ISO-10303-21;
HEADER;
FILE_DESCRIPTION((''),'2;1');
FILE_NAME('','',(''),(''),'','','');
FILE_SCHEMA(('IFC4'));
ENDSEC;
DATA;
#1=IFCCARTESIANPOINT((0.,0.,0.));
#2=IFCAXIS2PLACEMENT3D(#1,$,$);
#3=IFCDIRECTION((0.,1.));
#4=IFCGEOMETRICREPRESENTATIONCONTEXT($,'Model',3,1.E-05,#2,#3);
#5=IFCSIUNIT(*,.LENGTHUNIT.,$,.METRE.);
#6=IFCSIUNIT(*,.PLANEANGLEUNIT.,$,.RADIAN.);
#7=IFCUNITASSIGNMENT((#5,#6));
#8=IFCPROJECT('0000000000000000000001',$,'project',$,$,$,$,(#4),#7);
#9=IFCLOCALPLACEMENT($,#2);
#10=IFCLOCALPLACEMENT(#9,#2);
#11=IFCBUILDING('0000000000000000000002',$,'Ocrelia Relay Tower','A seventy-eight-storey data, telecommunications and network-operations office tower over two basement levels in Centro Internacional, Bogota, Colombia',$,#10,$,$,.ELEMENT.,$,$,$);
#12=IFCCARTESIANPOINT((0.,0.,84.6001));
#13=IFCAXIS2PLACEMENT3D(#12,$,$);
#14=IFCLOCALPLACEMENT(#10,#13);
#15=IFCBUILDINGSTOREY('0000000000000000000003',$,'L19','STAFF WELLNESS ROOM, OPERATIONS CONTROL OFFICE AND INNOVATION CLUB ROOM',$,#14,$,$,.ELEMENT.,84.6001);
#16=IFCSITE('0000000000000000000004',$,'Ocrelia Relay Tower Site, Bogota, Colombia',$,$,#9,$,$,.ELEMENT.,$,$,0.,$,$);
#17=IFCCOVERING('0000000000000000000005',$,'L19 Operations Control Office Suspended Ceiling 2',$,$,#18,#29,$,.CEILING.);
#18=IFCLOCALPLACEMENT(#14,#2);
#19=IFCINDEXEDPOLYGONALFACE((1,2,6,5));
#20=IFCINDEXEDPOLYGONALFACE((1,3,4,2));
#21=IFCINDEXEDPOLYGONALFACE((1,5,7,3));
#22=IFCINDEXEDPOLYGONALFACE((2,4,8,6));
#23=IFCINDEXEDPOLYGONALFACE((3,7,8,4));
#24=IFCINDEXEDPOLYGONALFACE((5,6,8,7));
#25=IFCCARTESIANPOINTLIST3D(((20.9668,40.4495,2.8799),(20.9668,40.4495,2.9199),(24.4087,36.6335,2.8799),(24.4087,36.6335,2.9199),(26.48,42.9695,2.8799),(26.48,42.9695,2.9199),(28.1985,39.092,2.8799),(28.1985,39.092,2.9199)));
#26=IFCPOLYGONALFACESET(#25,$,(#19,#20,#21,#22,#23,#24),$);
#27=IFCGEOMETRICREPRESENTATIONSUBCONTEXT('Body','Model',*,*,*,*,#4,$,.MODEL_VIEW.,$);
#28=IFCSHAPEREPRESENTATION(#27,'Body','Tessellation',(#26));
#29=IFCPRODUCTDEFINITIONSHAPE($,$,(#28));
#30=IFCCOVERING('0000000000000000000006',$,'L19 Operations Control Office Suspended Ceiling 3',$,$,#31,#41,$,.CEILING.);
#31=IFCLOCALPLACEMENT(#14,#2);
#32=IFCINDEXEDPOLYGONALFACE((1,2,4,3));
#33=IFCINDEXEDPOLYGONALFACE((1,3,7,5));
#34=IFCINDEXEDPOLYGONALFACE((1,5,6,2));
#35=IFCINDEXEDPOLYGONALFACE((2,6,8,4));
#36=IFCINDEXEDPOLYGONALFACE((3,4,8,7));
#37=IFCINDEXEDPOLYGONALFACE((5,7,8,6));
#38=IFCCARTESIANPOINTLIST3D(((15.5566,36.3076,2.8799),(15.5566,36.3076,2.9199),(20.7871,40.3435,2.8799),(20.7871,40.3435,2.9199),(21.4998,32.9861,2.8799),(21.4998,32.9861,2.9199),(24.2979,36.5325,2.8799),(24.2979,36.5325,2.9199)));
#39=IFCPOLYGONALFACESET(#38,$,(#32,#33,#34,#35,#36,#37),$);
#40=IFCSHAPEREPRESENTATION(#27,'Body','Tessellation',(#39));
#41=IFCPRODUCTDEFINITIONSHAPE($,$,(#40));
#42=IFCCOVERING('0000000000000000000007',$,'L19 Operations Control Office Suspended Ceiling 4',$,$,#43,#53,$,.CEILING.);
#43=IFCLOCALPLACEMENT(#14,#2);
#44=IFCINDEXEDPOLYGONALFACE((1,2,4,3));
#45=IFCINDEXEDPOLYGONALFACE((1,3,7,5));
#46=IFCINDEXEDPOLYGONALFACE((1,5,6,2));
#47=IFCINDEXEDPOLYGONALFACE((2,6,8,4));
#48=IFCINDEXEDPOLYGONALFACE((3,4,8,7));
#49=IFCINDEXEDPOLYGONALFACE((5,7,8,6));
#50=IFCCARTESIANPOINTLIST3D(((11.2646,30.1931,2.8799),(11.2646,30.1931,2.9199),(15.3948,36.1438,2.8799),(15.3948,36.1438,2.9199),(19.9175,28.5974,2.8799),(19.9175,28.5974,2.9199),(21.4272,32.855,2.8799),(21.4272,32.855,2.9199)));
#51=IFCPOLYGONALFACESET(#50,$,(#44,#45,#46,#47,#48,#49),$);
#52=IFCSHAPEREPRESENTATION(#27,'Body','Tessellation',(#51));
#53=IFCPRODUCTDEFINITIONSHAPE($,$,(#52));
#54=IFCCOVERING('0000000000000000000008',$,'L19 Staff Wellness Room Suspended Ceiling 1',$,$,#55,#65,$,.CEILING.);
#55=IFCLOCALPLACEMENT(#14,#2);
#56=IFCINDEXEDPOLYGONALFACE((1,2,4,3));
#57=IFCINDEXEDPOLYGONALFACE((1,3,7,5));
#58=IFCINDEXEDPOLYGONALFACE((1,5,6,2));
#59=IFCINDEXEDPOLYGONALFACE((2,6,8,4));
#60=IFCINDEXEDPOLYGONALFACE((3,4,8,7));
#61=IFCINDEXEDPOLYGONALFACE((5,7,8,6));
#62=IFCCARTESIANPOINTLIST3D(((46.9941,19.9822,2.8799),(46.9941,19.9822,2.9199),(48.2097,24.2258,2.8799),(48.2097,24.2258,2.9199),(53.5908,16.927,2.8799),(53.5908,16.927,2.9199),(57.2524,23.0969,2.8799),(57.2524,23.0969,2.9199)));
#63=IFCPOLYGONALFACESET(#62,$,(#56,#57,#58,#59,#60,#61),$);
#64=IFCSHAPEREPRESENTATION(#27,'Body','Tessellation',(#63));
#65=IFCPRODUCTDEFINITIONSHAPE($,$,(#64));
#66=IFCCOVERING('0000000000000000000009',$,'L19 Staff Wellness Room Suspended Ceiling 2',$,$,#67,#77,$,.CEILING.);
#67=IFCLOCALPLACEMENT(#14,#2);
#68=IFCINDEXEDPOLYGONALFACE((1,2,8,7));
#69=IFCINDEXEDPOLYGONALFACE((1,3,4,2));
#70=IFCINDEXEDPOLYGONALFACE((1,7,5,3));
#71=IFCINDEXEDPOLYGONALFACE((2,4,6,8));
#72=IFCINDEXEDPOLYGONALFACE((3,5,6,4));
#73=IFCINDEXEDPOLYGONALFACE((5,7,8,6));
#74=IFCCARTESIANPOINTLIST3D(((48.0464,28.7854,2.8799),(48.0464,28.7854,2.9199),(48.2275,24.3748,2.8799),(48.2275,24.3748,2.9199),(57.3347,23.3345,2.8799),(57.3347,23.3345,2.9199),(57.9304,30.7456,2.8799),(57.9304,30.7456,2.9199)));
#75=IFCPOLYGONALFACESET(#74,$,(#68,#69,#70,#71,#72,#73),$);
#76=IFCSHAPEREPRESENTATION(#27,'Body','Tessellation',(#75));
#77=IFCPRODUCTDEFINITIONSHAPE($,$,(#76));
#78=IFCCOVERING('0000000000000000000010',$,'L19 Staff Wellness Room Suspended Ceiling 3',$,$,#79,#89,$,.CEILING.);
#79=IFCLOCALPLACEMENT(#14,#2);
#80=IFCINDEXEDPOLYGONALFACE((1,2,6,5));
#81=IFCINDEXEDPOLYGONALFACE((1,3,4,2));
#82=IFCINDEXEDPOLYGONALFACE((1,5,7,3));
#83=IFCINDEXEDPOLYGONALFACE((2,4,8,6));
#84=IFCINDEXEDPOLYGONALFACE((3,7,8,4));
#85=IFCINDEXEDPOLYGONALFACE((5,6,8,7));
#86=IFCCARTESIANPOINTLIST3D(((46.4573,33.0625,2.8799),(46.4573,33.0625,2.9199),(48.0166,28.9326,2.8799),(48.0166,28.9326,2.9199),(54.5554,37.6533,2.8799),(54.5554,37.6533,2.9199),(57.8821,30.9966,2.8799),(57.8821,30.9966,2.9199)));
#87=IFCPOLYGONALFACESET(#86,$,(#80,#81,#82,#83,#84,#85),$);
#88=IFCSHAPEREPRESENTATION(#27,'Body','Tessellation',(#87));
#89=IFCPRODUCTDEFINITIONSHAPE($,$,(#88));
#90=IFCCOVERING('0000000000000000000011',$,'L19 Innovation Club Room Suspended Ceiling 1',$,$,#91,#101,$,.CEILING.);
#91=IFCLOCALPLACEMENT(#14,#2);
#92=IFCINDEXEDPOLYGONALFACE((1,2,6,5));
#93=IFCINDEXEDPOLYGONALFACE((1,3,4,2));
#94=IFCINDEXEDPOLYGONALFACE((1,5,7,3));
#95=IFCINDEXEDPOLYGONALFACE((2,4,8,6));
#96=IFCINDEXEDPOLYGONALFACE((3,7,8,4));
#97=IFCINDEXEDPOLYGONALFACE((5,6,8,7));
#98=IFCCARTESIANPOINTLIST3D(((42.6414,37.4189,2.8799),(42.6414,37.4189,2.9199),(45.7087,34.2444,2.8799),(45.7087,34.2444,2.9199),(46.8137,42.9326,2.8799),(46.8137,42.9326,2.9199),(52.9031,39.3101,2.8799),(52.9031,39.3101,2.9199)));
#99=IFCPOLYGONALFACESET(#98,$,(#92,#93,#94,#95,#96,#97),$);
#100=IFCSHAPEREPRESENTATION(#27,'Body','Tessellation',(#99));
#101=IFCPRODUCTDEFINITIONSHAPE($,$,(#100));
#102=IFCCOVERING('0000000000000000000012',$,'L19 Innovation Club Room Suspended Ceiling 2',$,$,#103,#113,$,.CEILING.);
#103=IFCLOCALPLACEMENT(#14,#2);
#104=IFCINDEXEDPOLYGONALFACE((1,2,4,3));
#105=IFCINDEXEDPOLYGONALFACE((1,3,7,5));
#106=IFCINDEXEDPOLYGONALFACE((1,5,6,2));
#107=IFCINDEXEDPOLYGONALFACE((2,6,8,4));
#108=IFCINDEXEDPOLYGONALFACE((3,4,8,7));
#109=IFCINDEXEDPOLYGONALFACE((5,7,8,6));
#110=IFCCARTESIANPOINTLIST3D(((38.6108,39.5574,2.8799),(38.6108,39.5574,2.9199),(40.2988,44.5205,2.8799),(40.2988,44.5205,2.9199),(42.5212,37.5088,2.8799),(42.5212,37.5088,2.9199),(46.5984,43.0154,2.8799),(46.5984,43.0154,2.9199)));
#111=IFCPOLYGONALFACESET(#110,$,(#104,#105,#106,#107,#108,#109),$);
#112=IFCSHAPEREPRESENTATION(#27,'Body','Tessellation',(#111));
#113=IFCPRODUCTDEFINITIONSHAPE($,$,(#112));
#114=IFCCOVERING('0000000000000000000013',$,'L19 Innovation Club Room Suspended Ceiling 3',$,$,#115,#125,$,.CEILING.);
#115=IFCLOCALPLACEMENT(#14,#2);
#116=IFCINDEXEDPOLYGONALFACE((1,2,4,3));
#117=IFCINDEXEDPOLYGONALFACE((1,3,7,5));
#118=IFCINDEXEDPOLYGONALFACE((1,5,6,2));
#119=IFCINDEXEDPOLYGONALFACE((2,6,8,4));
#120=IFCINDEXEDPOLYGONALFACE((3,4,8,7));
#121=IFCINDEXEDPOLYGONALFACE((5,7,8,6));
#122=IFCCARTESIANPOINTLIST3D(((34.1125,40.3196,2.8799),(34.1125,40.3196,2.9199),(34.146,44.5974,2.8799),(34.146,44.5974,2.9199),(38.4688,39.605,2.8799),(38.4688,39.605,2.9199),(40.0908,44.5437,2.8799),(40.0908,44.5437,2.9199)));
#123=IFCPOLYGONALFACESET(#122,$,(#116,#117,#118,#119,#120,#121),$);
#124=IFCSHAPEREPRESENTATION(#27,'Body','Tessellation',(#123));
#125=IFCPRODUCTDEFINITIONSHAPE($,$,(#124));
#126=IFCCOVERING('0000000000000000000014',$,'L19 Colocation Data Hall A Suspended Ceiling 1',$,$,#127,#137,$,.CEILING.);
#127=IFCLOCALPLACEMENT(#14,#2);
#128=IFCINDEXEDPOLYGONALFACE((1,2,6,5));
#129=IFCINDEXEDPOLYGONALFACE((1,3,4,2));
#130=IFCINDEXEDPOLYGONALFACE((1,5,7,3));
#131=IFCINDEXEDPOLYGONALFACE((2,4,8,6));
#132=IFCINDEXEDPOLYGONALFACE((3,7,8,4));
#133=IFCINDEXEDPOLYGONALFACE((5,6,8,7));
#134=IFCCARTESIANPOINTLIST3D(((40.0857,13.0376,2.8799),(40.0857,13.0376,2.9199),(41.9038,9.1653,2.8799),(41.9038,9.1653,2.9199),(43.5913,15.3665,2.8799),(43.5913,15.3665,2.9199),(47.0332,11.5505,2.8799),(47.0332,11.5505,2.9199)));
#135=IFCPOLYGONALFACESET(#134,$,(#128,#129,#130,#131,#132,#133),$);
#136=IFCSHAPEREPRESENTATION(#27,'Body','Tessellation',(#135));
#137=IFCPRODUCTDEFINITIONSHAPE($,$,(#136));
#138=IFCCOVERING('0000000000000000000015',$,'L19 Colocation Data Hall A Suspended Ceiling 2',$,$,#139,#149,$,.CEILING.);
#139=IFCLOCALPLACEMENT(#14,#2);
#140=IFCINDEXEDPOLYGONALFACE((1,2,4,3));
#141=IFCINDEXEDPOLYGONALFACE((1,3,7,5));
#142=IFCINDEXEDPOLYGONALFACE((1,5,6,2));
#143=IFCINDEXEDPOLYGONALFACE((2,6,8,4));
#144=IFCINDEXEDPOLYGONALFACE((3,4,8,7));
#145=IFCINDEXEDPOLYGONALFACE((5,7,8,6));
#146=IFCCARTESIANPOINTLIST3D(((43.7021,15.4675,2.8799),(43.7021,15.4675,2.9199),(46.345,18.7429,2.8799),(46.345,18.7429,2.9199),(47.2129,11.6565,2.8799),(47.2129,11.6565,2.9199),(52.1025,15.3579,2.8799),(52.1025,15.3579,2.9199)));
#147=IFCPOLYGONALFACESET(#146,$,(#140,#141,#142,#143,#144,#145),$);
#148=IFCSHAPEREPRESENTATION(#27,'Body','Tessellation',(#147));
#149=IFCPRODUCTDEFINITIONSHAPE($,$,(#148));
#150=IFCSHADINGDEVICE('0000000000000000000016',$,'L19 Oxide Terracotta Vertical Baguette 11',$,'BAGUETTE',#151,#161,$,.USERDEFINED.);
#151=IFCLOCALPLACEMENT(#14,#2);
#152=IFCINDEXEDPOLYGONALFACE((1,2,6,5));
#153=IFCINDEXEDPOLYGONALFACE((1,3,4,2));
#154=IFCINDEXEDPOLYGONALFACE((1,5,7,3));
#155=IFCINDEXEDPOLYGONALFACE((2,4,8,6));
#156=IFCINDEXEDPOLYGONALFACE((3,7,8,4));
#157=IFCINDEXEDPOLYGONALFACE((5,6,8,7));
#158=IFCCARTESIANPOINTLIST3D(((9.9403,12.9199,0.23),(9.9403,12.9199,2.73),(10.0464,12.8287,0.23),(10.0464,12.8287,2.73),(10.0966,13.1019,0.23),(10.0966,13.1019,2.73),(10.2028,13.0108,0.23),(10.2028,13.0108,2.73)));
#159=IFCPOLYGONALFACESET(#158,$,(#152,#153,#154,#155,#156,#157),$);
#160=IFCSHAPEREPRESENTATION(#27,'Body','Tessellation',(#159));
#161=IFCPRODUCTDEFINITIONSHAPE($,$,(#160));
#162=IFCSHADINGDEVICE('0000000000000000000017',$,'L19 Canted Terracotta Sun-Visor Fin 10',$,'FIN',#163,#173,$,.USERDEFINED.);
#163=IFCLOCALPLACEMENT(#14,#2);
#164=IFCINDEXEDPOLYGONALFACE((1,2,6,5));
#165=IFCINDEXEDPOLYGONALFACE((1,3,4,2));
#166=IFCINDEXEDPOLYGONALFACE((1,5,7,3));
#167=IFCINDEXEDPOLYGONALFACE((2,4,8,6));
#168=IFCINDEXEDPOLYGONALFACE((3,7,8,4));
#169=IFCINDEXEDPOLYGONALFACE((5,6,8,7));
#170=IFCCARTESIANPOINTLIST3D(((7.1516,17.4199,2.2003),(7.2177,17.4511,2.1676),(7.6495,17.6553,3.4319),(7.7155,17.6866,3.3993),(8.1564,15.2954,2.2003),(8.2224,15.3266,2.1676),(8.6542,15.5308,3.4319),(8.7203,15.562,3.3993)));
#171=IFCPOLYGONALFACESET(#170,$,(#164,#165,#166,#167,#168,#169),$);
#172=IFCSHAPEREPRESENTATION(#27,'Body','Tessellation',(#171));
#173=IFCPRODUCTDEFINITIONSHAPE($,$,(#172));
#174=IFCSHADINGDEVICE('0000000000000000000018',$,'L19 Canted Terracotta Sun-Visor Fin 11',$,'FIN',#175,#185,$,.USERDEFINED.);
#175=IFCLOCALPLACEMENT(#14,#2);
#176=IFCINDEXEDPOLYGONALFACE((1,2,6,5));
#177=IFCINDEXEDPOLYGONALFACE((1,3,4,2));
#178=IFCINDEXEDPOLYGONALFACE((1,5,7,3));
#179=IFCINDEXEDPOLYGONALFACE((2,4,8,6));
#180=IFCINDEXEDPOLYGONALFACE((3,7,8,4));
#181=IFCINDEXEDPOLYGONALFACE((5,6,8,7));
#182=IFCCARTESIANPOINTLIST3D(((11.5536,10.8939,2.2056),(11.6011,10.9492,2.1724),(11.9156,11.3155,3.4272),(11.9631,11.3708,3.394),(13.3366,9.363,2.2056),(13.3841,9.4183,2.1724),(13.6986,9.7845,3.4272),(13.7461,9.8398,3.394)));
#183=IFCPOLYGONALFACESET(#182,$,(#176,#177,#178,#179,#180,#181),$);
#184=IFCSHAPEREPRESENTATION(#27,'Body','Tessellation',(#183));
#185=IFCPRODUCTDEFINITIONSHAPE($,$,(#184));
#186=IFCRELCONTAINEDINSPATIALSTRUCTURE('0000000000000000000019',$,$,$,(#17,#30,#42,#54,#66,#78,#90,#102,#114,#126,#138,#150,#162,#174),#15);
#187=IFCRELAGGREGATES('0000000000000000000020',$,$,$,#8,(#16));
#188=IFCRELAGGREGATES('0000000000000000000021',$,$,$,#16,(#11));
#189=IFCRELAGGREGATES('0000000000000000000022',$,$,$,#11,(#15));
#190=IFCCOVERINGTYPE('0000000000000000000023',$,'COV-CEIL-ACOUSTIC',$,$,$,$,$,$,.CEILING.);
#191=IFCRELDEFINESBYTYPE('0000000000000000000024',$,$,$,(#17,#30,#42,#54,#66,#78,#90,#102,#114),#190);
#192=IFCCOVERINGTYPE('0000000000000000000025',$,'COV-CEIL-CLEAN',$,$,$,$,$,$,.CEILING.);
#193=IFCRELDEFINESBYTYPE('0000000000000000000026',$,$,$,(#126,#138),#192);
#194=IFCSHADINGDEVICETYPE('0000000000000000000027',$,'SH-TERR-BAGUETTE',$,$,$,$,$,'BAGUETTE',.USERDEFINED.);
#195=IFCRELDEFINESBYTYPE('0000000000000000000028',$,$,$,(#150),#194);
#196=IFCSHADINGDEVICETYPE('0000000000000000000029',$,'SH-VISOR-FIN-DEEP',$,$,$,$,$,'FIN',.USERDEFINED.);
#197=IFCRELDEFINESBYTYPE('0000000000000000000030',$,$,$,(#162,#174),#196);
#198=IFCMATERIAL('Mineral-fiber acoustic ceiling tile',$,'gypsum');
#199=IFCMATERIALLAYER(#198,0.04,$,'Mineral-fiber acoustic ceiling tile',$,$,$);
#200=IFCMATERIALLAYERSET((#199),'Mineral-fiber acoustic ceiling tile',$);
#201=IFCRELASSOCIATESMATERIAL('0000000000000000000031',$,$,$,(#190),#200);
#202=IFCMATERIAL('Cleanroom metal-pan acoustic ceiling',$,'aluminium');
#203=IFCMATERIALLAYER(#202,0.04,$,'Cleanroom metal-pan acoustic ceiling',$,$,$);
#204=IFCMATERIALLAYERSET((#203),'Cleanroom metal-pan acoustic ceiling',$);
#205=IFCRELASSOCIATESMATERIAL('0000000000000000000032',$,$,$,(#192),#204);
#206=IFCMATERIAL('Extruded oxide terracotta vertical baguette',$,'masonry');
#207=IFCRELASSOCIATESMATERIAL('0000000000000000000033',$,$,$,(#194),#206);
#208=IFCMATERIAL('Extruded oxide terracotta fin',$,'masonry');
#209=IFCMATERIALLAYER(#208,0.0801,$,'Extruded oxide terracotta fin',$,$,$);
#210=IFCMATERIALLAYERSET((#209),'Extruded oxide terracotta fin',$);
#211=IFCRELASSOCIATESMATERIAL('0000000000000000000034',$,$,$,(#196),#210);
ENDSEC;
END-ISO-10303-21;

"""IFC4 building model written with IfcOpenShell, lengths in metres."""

from ifc_helpers import new_model, si_unit, direction, frame, origin, origin_2d, place, context, subcontext, project, spatial, polyline, rectangle, outline, extrude, material, layer, layer_set, type_object, element, save


model = new_model("IFC4")

# Units and contexts
model_context = context("Model", 3, precision=1e-05, world=origin(), true_north=direction((0.0, 1.0)))
body_context = subcontext(model_context, "Body", "Model", "MODEL_VIEW")
ifc_project = project(units=[si_unit("LENGTHUNIT", "METRE"), si_unit("PLANEANGLEUNIT", "RADIAN")], contexts=[model_context])

# Site, building, storey
site_placement = place(None, origin())
site = spatial("IfcSite", under=ifc_project, at=site_placement, Name="Ocrelia Relay Tower Site, Bogota, Colombia", CompositionType="ELEMENT", RefElevation=0.0)
building_placement = place(site_placement, origin())
building = spatial("IfcBuilding", under=site, at=building_placement, Name="Ocrelia Relay Tower", Description="A seventy-eight-storey data, telecommunications and network-operations office tower over two basement levels in Centro Internacional, Bogota, Colombia", CompositionType="ELEMENT")
storey_placement = place(building_placement, frame((0.0, 0.0, 84.6001)))
storey = spatial("IfcBuildingStorey", under=building, at=storey_placement, Name="L19", Description="STAFF WELLNESS ROOM, OPERATIONS CONTROL OFFICE AND INNOVATION CLUB ROOM", CompositionType="ELEMENT", Elevation=84.6001)

# Coverings
ifc_material_1 = material(Name="Mineral-fiber acoustic ceiling tile", Category="gypsum")
ifc_layer_1 = layer(ifc_material_1, 0.04, Name="Mineral-fiber acoustic ceiling tile")
ifc_layer_set_1 = layer_set([ifc_layer_1], Name="Mineral-fiber acoustic ceiling tile")
covering_type_1 = type_object("IfcCoveringType", Name="COV-CEIL-ACOUSTIC", PredefinedType="CEILING", material=ifc_layer_set_1)
covering_1_placement = place(storey_placement, frame((0.0, 0.0, 2.8799)))
element("IfcCovering", 1, at=covering_1_placement, inside=storey, type_object=covering_type_1, Name="L19 Operations Control Office Suspended Ceiling 2", PredefinedType="CEILING", context=body_context, shape_type="SweptSolid", body=[
    extrude(outline(polyline([(28.1985, 39.092), (26.48, 42.9695), (20.9668, 40.4495), (24.4087, 36.6335), (28.1985, 39.092)])), origin(), (0.0, 0.0, 1.0), 0.04),
])
covering_2_placement = place(storey_placement, frame((0.0, 0.0, 2.8799)))
element("IfcCovering", 2, at=covering_2_placement, inside=storey, type_object=covering_type_1, Name="L19 Operations Control Office Suspended Ceiling 3", PredefinedType="CEILING", context=body_context, shape_type="SweptSolid", body=[
    extrude(outline(polyline([(24.2979, 36.5325), (20.7871, 40.3435), (15.5566, 36.3076), (21.4998, 32.9861), (24.2979, 36.5325)])), origin(), (0.0, 0.0, 1.0), 0.04),
])
covering_3_placement = place(storey_placement, frame((0.0, 0.0, 2.8799)))
element("IfcCovering", 3, at=covering_3_placement, inside=storey, type_object=covering_type_1, Name="L19 Operations Control Office Suspended Ceiling 4", PredefinedType="CEILING", context=body_context, shape_type="SweptSolid", body=[
    extrude(outline(polyline([(21.4272, 32.855), (15.3948, 36.1438), (11.2646, 30.1931), (19.9175, 28.5974), (21.4272, 32.855)])), origin(), (0.0, 0.0, 1.0), 0.04),
])
covering_4_placement = place(storey_placement, frame((0.0, 0.0, 2.8799)))
element("IfcCovering", 4, at=covering_4_placement, inside=storey, type_object=covering_type_1, Name="L19 Staff Wellness Room Suspended Ceiling 1", PredefinedType="CEILING", context=body_context, shape_type="SweptSolid", body=[
    extrude(outline(polyline([(46.9941, 19.9822), (53.5908, 16.927), (57.2524, 23.0969), (48.2097, 24.2258), (46.9941, 19.9822)])), origin(), (0.0, 0.0, 1.0), 0.04),
])
covering_5_placement = place(storey_placement, frame((0.0, 0.0, 2.8799)))
element("IfcCovering", 5, at=covering_5_placement, inside=storey, type_object=covering_type_1, Name="L19 Staff Wellness Room Suspended Ceiling 2", PredefinedType="CEILING", context=body_context, shape_type="SweptSolid", body=[
    extrude(outline(polyline([(48.2275, 24.3748), (57.3347, 23.3345), (57.9304, 30.7456), (48.0464, 28.7854), (48.2275, 24.3748)])), origin(), (0.0, 0.0, 1.0), 0.04),
])
covering_6_placement = place(storey_placement, frame((0.0, 0.0, 2.8799)))
element("IfcCovering", 6, at=covering_6_placement, inside=storey, type_object=covering_type_1, Name="L19 Staff Wellness Room Suspended Ceiling 3", PredefinedType="CEILING", context=body_context, shape_type="SweptSolid", body=[
    extrude(outline(polyline([(48.0166, 28.9326), (57.8821, 30.9966), (54.5554, 37.6533), (46.4573, 33.0625), (48.0166, 28.9326)])), origin(), (0.0, 0.0, 1.0), 0.04),
])
covering_7_placement = place(storey_placement, frame((0.0, 0.0, 2.8799)))
element("IfcCovering", 7, at=covering_7_placement, inside=storey, type_object=covering_type_1, Name="L19 Innovation Club Room Suspended Ceiling 1", PredefinedType="CEILING", context=body_context, shape_type="SweptSolid", body=[
    extrude(outline(polyline([(45.7087, 34.2444), (52.9031, 39.3101), (46.8137, 42.9326), (42.6414, 37.4189), (45.7087, 34.2444)])), origin(), (0.0, 0.0, 1.0), 0.04),
])
covering_8_placement = place(storey_placement, frame((0.0, 0.0, 2.8799)))
element("IfcCovering", 8, at=covering_8_placement, inside=storey, type_object=covering_type_1, Name="L19 Innovation Club Room Suspended Ceiling 2", PredefinedType="CEILING", context=body_context, shape_type="SweptSolid", body=[
    extrude(outline(polyline([(42.5212, 37.5088), (46.5984, 43.0154), (40.2988, 44.5205), (38.6108, 39.5574), (42.5212, 37.5088)])), origin(), (0.0, 0.0, 1.0), 0.04),
])
covering_9_placement = place(storey_placement, frame((0.0, 0.0, 2.8799)))
element("IfcCovering", 9, at=covering_9_placement, inside=storey, type_object=covering_type_1, Name="L19 Innovation Club Room Suspended Ceiling 3", PredefinedType="CEILING", context=body_context, shape_type="SweptSolid", body=[
    extrude(outline(polyline([(38.4688, 39.605), (40.0908, 44.5437), (34.146, 44.5974), (34.1125, 40.3196), (38.4688, 39.605)])), origin(), (0.0, 0.0, 1.0), 0.04),
])
ifc_material_2 = material(Name="Cleanroom metal-pan acoustic ceiling", Category="aluminium")
ifc_layer_2 = layer(ifc_material_2, 0.04, Name="Cleanroom metal-pan acoustic ceiling")
ifc_layer_set_2 = layer_set([ifc_layer_2], Name="Cleanroom metal-pan acoustic ceiling")
covering_type_2 = type_object("IfcCoveringType", Name="COV-CEIL-CLEAN", PredefinedType="CEILING", material=ifc_layer_set_2)
covering_10_placement = place(storey_placement, frame((0.0, 0.0, 2.8799)))
element("IfcCovering", 10, at=covering_10_placement, inside=storey, type_object=covering_type_2, Name="L19 Colocation Data Hall A Suspended Ceiling 1", PredefinedType="CEILING", context=body_context, shape_type="SweptSolid", body=[
    extrude(outline(polyline([(40.0857, 13.0376), (41.9038, 9.1653), (47.0332, 11.5505), (43.5913, 15.3665), (40.0857, 13.0376)])), origin(), (0.0, 0.0, 1.0), 0.04),
])
covering_11_placement = place(storey_placement, frame((0.0, 0.0, 2.8799)))
element("IfcCovering", 11, at=covering_11_placement, inside=storey, type_object=covering_type_2, Name="L19 Colocation Data Hall A Suspended Ceiling 2", PredefinedType="CEILING", context=body_context, shape_type="SweptSolid", body=[
    extrude(outline(polyline([(43.7021, 15.4675), (47.2129, 11.6565), (52.1025, 15.3579), (46.345, 18.7429), (43.7021, 15.4675)])), origin(), (0.0, 0.0, 1.0), 0.04),
])

# Shading devices
ifc_material_3 = material(Name="Extruded oxide terracotta vertical baguette", Category="masonry")
shading_device_type_1 = type_object("IfcShadingDeviceType", Name="SH-TERR-BAGUETTE", ElementType="BAGUETTE", PredefinedType="USERDEFINED", material=ifc_material_3)
shading_device_1_placement = place(storey_placement, frame((10.0715, 12.9653, 0.23), z_axis=(0.0, 0.0, 1.0), x_axis=(0.758695, -0.651446, 0.0)))
element("IfcShadingDevice", 12, at=shading_device_1_placement, inside=storey, type_object=shading_device_type_1, Name="L19 Oxide Terracotta Vertical Baguette 11", ObjectType="BAGUETTE", PredefinedType="USERDEFINED", context=body_context, shape_type="SweptSolid", body=[
    extrude(rectangle(XDim=0.1399, YDim=0.24, at=origin_2d()), origin(), (0.0, 0.0, 1.0), 2.5),
])
ifc_material_4 = material(Name="Extruded oxide terracotta fin", Category="masonry")
ifc_layer_3 = layer(ifc_material_4, 0.0801, Name="Extruded oxide terracotta fin")
ifc_layer_set_3 = layer_set([ifc_layer_3], Name="Extruded oxide terracotta fin")
shading_device_type_2 = type_object("IfcShadingDeviceType", Name="SH-VISOR-FIN-DEEP", ElementType="FIN", PredefinedType="USERDEFINED", material=ifc_layer_set_3)
shading_device_2_placement = place(storey_placement, frame((7.969, 16.5066, 2.7834), z_axis=(-0.825273, -0.390283, 0.408171), x_axis=(0.427517, -0.904007, 0.0)))
element("IfcShadingDevice", 13, at=shading_device_2_placement, inside=storey, type_object=shading_device_type_2, Name="L19 Canted Terracotta Sun-Visor Fin 10", ObjectType="FIN", PredefinedType="USERDEFINED", context=body_context, shape_type="SweptSolid", body=[
    extrude(rectangle(XDim=2.3501, YDim=1.3491, at=origin_2d()), origin(), (0.0, 0.0, 1.0), 0.0801),
])
shading_device_3_placement = place(storey_placement, frame((12.6736, 10.3945, 2.7832), z_axis=(-0.592979, -0.690602, 0.414058), x_axis=(0.758695, -0.651446, 0.0)))
element("IfcShadingDevice", 14, at=shading_device_3_placement, inside=storey, type_object=shading_device_type_2, Name="L19 Canted Terracotta Sun-Visor Fin 11", ObjectType="FIN", PredefinedType="USERDEFINED", context=body_context, shape_type="SweptSolid", body=[
    extrude(rectangle(XDim=2.3501, YDim=1.342, at=origin_2d()), origin(), (0.0, 0.0, 1.0), 0.0801),
])

save(model, "model.ifc")
